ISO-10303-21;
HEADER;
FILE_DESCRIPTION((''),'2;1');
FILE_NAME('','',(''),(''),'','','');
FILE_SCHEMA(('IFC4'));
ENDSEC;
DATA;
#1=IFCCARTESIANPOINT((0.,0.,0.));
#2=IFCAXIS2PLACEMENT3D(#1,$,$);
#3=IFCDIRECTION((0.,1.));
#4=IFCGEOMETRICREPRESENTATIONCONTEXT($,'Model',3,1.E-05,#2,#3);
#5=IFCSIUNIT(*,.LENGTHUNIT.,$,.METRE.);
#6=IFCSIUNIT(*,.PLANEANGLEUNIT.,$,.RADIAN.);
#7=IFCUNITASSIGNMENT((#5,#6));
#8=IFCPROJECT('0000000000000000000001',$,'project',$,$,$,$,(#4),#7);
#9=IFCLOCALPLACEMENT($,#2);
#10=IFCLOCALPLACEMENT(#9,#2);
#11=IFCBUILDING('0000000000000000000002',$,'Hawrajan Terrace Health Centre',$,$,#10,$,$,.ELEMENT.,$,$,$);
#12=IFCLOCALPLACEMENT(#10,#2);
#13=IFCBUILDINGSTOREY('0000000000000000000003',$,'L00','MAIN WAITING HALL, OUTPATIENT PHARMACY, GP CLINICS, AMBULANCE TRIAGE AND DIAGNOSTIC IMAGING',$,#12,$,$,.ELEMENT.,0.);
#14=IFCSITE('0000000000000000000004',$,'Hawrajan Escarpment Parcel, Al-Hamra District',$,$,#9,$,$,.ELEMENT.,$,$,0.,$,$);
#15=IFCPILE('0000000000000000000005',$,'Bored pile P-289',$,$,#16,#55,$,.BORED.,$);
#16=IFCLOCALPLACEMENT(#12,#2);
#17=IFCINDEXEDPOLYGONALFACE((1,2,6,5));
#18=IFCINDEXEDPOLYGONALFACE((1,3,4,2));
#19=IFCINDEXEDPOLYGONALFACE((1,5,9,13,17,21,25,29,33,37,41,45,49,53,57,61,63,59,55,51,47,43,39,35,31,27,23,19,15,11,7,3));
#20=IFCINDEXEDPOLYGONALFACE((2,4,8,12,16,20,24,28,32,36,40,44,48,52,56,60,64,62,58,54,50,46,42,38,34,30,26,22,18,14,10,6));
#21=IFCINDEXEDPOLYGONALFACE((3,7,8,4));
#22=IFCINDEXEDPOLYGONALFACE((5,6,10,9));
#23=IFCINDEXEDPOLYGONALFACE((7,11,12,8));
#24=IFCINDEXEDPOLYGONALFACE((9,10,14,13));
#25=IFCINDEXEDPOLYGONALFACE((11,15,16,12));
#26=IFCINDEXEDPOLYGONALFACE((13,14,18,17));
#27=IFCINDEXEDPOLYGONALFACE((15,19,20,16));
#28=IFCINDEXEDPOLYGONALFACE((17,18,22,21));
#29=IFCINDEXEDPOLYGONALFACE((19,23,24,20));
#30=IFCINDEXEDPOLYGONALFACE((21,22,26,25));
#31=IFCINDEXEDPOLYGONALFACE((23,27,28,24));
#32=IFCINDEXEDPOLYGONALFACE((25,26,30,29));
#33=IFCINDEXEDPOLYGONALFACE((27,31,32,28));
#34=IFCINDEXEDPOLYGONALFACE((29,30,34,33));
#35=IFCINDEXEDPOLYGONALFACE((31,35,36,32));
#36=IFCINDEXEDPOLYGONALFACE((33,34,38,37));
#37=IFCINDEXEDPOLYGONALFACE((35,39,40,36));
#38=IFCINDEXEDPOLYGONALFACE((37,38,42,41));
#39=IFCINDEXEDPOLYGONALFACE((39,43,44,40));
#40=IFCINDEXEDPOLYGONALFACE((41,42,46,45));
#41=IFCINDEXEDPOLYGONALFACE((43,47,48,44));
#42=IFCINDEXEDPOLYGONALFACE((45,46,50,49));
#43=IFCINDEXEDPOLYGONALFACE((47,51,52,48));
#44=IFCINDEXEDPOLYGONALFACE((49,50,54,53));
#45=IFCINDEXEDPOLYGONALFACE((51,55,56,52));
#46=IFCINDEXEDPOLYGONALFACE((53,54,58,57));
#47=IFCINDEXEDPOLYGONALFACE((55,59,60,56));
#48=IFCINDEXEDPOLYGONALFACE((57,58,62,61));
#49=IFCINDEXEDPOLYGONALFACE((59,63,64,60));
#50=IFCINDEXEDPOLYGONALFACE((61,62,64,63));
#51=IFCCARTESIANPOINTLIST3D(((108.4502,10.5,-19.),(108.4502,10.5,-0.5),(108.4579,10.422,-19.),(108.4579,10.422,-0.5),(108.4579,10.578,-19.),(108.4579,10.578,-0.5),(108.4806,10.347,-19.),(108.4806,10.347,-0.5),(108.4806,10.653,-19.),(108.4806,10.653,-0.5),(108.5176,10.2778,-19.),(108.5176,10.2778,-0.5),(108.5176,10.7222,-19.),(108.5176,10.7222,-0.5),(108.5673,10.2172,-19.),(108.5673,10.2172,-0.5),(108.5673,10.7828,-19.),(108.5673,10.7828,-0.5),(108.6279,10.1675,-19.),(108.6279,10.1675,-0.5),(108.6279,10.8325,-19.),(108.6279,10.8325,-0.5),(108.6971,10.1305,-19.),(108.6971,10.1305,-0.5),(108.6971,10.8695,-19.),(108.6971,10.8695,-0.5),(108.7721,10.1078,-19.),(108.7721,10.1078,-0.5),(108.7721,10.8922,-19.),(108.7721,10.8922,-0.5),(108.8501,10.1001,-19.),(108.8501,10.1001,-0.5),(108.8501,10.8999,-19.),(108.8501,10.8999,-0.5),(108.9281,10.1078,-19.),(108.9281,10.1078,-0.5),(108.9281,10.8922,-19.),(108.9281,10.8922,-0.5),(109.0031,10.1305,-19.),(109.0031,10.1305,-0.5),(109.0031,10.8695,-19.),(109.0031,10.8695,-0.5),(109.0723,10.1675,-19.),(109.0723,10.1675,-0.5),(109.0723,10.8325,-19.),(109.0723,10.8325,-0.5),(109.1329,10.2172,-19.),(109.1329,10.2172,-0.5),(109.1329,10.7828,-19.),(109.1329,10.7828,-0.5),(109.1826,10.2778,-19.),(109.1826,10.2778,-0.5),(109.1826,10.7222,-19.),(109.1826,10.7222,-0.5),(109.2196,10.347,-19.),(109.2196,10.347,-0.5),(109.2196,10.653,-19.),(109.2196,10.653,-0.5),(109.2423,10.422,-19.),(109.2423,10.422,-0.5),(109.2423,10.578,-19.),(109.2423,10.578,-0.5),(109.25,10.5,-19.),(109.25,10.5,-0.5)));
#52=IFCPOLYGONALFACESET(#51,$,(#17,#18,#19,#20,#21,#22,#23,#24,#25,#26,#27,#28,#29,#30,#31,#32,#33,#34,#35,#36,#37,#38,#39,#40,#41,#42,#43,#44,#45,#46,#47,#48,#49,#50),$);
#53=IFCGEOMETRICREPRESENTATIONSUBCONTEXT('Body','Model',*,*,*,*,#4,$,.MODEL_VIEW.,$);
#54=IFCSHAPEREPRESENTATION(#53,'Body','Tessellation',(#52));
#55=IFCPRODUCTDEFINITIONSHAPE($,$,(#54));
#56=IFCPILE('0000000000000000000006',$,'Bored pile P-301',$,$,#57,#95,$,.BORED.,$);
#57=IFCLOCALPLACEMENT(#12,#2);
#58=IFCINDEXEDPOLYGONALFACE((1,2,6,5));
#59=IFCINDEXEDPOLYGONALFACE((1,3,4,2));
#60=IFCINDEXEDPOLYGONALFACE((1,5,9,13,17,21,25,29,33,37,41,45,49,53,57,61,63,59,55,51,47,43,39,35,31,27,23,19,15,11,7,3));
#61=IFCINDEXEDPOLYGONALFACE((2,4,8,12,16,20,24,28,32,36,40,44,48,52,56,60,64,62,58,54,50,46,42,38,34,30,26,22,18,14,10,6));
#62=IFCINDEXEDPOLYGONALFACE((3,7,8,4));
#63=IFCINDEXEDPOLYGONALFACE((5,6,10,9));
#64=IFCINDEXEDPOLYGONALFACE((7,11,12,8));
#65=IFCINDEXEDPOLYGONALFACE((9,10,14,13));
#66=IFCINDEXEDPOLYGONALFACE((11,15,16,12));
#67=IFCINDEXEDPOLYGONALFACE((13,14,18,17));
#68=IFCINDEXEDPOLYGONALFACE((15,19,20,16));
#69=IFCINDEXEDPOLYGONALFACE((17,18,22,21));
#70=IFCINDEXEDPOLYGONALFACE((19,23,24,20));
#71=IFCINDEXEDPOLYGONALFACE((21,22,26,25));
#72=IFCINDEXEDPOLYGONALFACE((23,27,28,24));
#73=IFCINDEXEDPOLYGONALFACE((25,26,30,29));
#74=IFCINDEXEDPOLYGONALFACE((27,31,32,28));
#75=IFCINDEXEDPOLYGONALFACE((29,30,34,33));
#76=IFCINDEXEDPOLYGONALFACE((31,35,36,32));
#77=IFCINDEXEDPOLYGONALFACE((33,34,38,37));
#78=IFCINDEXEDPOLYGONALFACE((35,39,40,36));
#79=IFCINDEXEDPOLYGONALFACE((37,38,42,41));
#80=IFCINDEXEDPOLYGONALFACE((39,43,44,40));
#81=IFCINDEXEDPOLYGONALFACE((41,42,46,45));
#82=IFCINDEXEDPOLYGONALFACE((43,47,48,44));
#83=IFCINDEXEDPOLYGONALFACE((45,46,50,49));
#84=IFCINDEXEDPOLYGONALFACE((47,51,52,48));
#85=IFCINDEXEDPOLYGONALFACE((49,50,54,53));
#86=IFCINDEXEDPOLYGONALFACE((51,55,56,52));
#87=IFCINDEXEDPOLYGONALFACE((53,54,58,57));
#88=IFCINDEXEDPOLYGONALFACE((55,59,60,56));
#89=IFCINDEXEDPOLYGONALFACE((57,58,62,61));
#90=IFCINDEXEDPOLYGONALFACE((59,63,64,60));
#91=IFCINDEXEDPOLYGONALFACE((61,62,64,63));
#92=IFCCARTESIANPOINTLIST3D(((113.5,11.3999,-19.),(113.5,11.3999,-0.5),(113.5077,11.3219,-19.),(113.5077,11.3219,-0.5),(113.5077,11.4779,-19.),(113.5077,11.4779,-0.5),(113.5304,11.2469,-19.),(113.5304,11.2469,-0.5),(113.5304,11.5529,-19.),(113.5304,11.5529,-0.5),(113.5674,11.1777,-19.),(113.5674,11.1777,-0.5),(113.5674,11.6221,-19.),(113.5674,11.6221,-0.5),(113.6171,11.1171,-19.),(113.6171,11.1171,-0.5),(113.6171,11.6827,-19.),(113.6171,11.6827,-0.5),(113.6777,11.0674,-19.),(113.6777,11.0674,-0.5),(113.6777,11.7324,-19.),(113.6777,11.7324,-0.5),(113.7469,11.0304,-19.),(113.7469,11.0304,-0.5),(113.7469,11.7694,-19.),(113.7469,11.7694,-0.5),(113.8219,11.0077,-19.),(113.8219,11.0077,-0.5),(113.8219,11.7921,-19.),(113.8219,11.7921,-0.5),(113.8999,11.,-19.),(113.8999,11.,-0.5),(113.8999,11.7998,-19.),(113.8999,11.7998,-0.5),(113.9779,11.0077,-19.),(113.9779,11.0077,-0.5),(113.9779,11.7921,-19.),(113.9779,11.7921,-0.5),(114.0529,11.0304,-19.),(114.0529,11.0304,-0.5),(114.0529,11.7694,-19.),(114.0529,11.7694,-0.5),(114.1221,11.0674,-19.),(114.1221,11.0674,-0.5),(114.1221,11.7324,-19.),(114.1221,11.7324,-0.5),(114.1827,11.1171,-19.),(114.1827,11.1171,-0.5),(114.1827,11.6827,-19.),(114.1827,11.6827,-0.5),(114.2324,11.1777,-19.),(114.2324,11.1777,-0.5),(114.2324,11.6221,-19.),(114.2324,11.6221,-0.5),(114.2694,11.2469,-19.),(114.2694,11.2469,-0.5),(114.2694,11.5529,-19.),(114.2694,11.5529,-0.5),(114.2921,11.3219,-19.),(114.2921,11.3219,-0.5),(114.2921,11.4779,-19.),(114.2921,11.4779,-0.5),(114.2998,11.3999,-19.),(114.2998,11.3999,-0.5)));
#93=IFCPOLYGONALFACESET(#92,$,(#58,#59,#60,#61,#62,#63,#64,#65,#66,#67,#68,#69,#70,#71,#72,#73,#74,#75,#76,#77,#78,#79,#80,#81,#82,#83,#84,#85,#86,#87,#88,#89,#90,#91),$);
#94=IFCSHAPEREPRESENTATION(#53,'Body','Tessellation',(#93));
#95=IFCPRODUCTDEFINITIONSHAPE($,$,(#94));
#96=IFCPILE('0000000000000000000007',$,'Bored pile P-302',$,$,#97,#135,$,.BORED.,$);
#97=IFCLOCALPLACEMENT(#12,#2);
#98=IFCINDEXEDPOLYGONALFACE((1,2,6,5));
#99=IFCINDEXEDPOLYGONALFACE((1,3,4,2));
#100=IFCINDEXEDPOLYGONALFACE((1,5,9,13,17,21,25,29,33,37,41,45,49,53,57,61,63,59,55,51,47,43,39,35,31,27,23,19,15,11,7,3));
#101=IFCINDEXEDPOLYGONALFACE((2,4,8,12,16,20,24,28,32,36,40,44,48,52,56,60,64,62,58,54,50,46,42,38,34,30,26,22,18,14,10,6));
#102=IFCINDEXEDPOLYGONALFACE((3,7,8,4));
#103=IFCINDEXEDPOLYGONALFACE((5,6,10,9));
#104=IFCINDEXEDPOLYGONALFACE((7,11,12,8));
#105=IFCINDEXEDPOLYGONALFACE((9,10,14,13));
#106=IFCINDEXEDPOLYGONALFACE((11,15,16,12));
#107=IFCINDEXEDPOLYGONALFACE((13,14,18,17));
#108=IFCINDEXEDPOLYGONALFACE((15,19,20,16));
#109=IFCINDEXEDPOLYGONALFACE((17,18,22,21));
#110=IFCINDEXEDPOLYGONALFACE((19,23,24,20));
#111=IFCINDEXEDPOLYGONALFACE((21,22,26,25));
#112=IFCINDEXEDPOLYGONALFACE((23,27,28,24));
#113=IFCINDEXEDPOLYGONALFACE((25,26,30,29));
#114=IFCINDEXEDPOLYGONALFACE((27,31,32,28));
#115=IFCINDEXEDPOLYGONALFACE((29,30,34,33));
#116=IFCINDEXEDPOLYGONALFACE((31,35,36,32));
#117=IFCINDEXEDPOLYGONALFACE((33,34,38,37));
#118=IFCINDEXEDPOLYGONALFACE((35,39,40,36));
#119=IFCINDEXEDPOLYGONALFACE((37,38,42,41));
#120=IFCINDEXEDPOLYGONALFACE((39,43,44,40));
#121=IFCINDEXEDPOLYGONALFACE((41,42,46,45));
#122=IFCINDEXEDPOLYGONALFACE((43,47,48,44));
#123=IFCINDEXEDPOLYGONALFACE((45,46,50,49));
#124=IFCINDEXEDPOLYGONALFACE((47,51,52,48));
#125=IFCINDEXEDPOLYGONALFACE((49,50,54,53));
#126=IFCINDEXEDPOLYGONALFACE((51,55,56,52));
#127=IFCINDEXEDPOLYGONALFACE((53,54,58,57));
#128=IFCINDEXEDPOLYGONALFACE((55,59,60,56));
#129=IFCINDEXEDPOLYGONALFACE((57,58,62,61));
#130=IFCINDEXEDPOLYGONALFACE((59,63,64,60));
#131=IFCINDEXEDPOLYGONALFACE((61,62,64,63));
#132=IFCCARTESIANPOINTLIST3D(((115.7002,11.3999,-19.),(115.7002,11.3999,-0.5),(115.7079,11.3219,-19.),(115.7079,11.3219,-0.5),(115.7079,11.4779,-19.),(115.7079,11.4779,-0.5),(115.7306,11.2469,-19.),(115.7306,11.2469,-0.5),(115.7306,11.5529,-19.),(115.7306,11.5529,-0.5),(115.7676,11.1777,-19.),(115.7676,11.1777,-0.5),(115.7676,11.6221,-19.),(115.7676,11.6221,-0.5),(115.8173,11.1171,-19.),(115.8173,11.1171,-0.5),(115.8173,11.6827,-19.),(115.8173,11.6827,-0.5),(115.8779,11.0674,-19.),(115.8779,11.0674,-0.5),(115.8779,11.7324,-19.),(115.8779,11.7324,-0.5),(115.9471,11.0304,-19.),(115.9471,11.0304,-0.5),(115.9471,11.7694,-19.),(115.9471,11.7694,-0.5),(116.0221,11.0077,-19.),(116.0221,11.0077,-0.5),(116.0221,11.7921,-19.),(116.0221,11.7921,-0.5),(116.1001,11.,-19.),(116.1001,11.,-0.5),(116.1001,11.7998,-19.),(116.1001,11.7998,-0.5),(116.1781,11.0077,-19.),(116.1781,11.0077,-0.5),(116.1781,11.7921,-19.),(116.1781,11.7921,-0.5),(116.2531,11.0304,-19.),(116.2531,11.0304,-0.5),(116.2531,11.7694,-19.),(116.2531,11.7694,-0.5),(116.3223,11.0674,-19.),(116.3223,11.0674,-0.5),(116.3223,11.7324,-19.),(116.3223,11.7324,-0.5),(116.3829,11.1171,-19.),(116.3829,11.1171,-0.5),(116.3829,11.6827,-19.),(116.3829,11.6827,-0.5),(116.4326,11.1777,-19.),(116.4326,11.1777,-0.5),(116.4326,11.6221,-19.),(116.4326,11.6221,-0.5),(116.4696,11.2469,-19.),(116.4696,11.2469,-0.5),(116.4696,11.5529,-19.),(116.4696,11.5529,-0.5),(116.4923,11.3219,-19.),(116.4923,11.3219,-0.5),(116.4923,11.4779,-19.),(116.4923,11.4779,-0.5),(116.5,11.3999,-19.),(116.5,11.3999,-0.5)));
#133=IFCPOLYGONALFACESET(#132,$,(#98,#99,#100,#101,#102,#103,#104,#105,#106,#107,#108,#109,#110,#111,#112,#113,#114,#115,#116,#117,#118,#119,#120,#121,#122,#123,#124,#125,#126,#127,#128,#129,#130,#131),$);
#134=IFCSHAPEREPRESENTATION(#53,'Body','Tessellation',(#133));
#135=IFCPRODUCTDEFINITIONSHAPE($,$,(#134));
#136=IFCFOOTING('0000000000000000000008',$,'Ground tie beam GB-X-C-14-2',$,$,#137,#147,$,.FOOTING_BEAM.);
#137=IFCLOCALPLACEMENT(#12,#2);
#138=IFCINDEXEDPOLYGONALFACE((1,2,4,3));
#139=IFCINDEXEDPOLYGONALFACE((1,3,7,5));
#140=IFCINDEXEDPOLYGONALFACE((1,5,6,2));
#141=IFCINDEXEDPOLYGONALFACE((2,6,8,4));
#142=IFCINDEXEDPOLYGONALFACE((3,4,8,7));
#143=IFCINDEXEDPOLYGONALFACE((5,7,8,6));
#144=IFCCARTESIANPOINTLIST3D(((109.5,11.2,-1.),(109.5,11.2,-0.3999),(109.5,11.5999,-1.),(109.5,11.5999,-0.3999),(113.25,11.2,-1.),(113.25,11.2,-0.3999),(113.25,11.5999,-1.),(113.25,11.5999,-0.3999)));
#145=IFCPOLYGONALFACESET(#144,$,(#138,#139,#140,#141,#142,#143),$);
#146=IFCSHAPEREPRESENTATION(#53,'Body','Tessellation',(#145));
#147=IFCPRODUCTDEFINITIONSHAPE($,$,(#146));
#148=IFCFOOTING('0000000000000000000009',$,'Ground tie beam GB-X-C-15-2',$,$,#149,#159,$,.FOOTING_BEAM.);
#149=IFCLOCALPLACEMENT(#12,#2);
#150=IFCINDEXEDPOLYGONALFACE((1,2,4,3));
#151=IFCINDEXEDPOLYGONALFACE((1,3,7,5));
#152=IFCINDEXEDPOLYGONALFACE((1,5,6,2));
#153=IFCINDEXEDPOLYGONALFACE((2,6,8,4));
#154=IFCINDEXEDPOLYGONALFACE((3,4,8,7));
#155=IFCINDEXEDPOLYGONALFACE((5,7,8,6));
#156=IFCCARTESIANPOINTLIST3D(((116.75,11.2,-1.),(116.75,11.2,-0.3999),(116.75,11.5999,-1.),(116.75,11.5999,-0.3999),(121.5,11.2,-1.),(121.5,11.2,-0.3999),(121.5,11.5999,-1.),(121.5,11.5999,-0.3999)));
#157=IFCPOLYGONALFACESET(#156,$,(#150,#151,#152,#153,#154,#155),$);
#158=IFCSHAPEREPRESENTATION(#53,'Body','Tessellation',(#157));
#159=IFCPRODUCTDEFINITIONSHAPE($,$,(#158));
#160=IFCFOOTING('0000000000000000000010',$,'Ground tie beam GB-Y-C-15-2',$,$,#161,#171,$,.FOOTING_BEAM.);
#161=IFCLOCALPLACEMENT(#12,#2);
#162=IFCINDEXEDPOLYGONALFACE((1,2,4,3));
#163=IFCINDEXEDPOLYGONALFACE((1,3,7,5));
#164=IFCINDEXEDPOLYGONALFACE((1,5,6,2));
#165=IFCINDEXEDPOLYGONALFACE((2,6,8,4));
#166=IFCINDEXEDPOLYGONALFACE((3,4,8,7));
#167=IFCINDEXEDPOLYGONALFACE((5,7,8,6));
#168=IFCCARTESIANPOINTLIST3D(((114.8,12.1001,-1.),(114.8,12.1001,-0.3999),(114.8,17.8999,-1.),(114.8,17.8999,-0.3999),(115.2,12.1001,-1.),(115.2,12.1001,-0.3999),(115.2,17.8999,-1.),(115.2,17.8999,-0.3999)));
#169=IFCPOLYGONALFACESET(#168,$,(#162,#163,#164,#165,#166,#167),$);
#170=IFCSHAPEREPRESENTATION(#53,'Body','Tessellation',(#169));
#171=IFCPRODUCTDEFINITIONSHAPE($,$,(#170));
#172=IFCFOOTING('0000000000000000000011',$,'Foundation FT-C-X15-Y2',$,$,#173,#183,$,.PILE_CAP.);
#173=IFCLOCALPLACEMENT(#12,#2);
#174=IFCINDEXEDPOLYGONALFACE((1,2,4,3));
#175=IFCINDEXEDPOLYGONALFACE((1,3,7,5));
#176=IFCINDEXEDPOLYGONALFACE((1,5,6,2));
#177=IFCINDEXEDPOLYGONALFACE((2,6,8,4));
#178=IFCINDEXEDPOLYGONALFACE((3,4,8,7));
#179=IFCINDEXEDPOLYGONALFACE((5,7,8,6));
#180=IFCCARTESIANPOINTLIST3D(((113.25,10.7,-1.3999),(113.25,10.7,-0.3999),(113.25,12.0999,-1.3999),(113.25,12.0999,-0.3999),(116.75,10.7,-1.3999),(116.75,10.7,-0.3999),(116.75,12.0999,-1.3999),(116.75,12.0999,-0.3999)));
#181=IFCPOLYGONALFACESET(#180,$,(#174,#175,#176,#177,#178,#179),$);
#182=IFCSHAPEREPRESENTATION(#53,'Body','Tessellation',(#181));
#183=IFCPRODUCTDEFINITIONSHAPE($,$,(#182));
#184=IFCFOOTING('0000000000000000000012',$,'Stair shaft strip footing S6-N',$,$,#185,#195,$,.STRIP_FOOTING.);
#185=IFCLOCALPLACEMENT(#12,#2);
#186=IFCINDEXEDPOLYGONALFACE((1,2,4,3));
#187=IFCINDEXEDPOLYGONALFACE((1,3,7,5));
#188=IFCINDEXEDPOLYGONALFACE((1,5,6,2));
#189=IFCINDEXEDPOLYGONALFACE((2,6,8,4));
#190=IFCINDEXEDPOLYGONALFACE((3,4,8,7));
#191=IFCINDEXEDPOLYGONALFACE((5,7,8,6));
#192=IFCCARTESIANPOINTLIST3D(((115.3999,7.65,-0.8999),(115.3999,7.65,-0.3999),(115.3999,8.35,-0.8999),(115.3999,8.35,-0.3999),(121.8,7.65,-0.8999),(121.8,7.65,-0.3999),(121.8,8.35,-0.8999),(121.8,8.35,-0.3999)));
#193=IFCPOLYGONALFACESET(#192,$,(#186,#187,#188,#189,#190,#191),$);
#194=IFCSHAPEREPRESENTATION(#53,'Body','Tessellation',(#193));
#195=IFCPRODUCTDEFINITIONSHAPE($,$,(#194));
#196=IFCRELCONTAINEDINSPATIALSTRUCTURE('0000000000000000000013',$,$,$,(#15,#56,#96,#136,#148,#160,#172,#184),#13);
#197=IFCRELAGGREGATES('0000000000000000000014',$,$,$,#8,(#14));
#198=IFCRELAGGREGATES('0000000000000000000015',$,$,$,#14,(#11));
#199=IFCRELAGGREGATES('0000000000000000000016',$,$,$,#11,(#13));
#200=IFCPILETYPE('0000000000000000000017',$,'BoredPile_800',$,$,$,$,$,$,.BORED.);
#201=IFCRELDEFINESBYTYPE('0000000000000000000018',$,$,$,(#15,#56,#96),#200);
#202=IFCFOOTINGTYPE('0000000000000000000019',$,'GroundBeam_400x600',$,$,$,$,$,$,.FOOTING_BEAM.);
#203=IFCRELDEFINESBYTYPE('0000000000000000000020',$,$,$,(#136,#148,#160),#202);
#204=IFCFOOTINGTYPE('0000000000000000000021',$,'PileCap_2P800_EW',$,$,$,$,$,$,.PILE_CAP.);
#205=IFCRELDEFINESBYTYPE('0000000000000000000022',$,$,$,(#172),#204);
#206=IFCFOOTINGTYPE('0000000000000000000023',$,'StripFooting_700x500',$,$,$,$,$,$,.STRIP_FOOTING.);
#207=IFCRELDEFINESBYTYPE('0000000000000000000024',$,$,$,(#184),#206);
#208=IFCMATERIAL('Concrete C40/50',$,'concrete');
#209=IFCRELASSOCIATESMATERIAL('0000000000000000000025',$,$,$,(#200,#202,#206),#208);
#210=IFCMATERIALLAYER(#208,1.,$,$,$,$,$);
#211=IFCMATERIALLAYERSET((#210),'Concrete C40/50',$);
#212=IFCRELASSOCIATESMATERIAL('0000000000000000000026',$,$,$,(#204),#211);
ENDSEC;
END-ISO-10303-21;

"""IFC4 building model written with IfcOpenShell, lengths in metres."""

from ifc_helpers import new_model, si_unit, direction, frame, origin, origin_2d, place, context, subcontext, project, spatial, rectangle, circle, extrude, material, layer, layer_set, material_profile, profile_set, type_object, element, save


model = new_model("IFC4")

# Units and contexts
model_context = context("Model", 3, precision=1e-05, world=origin(), true_north=direction((0.0, 1.0)))
body_context = subcontext(model_context, "Body", "Model", "MODEL_VIEW")
ifc_project = project(units=[si_unit("LENGTHUNIT", "METRE"), si_unit("PLANEANGLEUNIT", "RADIAN")], contexts=[model_context])

# Site, building, storey
site_placement = place(None, origin())
site = spatial("IfcSite", under=ifc_project, at=site_placement, Name="Hawrajan Escarpment Parcel, Al-Hamra District", CompositionType="ELEMENT", RefElevation=0.0)
building_placement = place(site_placement, origin())
building = spatial("IfcBuilding", under=site, at=building_placement, Name="Hawrajan Terrace Health Centre", CompositionType="ELEMENT")
storey_placement = place(building_placement, origin())
storey = spatial("IfcBuildingStorey", under=building, at=storey_placement, Name="L00", Description="MAIN WAITING HALL, OUTPATIENT PHARMACY, GP CLINICS, AMBULANCE TRIAGE AND DIAGNOSTIC IMAGING", CompositionType="ELEMENT", Elevation=0.0)

# Piles
ifc_material_1 = material(Name="Concrete C40/50", Category="concrete")
ifc_material_profile_1 = material_profile(ifc_material_1, circle(Radius=0.3999, at=origin_2d()), Name="BP 800")
ifc_profile_set_1 = profile_set([ifc_material_profile_1], Name="Concrete C40/50")
pile_type = type_object("IfcPileType", Name="BoredPile_800", PredefinedType="BORED", material=ifc_profile_set_1)
for number, where, z_axis, x_axis, name in (
    (1, (108.8501, 10.5, -0.5), (0.0, 0.0, -1.0), (1.0, 0.0, 0.0), "Bored pile P-289"),
    (2, (113.8999, 11.3999, -0.5), (0.0, 0.0, -1.0), (1.0, 0.0, 0.0), "Bored pile P-301"),
    (3, (116.1001, 11.3999, -0.5), (0.0, 0.0, -1.0), (1.0, 0.0, 0.0), "Bored pile P-302"),
):
    element("IfcPile", number, at=place(storey_placement, frame(where, z_axis=z_axis, x_axis=x_axis)), inside=storey, type_object=pile_type, Name=name, PredefinedType="BORED", context=body_context, shape_type="SweptSolid", body=[
        extrude(circle(Radius=0.3999, at=origin_2d()), origin(), (0.0, 0.0, 1.0), 18.5),
    ])

# Footings
ifc_material_profile_2 = material_profile(ifc_material_1, rectangle(XDim=0.3999, YDim=0.6001, at=origin_2d()), Name="RC BM 400x600")
ifc_profile_set_2 = profile_set([ifc_material_profile_2], Name="Concrete C40/50")
footing_type_1 = type_object("IfcFootingType", Name="GroundBeam_400x600", PredefinedType="FOOTING_BEAM", material=ifc_profile_set_2)
footing_1_placement = place(storey_placement, frame((109.5, 11.3999, -0.7), z_axis=(1.0, 0.0, 0.0), x_axis=(0.0, 1.0, 0.0)))
element("IfcFooting", 4, at=footing_1_placement, inside=storey, type_object=footing_type_1, Name="Ground tie beam GB-X-C-14-2", PredefinedType="FOOTING_BEAM", context=body_context, shape_type="SweptSolid", body=[
    extrude(rectangle(XDim=0.3999, YDim=0.6001, at=origin_2d()), origin(), (0.0, 0.0, 1.0), 3.75),
])
footing_2_placement = place(storey_placement, frame((116.75, 11.3999, -0.7), z_axis=(1.0, 0.0, 0.0), x_axis=(0.0, 1.0, 0.0)))
element("IfcFooting", 5, at=footing_2_placement, inside=storey, type_object=footing_type_1, Name="Ground tie beam GB-X-C-15-2", PredefinedType="FOOTING_BEAM", context=body_context, shape_type="SweptSolid", body=[
    extrude(rectangle(XDim=0.3999, YDim=0.6001, at=origin_2d()), origin(), (0.0, 0.0, 1.0), 4.75),
])
footing_3_placement = place(storey_placement, frame((115.0, 12.1001, -0.7), z_axis=(0.0, 1.0, 0.0), x_axis=(-1.0, 0.0, 0.0)))
element("IfcFooting", 6, at=footing_3_placement, inside=storey, type_object=footing_type_1, Name="Ground tie beam GB-Y-C-15-2", PredefinedType="FOOTING_BEAM", context=body_context, shape_type="SweptSolid", body=[
    extrude(rectangle(XDim=0.3999, YDim=0.6001, at=origin_2d()), origin(), (0.0, 0.0, 1.0), 5.7998),
])
ifc_layer_1 = layer(ifc_material_1, 1.0)
ifc_layer_set_1 = layer_set([ifc_layer_1], Name="Concrete C40/50")
footing_type_2 = type_object("IfcFootingType", Name="PileCap_2P800_EW", PredefinedType="PILE_CAP", material=ifc_layer_set_1)
footing_4_placement = place(storey_placement, frame((115.0, 11.3999, -1.3999), z_axis=(0.0, 0.0, 1.0), x_axis=(1.0, 0.0, 0.0)))
element("IfcFooting", 7, at=footing_4_placement, inside=storey, type_object=footing_type_2, Name="Foundation FT-C-X15-Y2", PredefinedType="PILE_CAP", context=body_context, shape_type="SweptSolid", body=[
    extrude(rectangle(XDim=3.5, YDim=1.3999, at=origin_2d()), origin(), (0.0, 0.0, 1.0), 1.0),
])
ifc_material_profile_3 = material_profile(ifc_material_1, rectangle(XDim=0.7, YDim=0.5, at=origin_2d()), Name="RC STRIP 700x500")
ifc_profile_set_3 = profile_set([ifc_material_profile_3], Name="Concrete C40/50")
footing_type_3 = type_object("IfcFootingType", Name="StripFooting_700x500", PredefinedType="STRIP_FOOTING", material=ifc_profile_set_3)
footing_5_placement = place(storey_placement, frame((115.3999, 8.0, -0.6499), z_axis=(1.0, 0.0, 0.0), x_axis=(0.0, 1.0, 0.0)))
element("IfcFooting", 8, at=footing_5_placement, inside=storey, type_object=footing_type_3, Name="Stair shaft strip footing S6-N", PredefinedType="STRIP_FOOTING", context=body_context, shape_type="SweptSolid", body=[
    extrude(rectangle(XDim=0.7, YDim=0.5, at=origin_2d()), origin(), (0.0, 0.0, 1.0), 6.4001),
])

save(model, "model.ifc")
